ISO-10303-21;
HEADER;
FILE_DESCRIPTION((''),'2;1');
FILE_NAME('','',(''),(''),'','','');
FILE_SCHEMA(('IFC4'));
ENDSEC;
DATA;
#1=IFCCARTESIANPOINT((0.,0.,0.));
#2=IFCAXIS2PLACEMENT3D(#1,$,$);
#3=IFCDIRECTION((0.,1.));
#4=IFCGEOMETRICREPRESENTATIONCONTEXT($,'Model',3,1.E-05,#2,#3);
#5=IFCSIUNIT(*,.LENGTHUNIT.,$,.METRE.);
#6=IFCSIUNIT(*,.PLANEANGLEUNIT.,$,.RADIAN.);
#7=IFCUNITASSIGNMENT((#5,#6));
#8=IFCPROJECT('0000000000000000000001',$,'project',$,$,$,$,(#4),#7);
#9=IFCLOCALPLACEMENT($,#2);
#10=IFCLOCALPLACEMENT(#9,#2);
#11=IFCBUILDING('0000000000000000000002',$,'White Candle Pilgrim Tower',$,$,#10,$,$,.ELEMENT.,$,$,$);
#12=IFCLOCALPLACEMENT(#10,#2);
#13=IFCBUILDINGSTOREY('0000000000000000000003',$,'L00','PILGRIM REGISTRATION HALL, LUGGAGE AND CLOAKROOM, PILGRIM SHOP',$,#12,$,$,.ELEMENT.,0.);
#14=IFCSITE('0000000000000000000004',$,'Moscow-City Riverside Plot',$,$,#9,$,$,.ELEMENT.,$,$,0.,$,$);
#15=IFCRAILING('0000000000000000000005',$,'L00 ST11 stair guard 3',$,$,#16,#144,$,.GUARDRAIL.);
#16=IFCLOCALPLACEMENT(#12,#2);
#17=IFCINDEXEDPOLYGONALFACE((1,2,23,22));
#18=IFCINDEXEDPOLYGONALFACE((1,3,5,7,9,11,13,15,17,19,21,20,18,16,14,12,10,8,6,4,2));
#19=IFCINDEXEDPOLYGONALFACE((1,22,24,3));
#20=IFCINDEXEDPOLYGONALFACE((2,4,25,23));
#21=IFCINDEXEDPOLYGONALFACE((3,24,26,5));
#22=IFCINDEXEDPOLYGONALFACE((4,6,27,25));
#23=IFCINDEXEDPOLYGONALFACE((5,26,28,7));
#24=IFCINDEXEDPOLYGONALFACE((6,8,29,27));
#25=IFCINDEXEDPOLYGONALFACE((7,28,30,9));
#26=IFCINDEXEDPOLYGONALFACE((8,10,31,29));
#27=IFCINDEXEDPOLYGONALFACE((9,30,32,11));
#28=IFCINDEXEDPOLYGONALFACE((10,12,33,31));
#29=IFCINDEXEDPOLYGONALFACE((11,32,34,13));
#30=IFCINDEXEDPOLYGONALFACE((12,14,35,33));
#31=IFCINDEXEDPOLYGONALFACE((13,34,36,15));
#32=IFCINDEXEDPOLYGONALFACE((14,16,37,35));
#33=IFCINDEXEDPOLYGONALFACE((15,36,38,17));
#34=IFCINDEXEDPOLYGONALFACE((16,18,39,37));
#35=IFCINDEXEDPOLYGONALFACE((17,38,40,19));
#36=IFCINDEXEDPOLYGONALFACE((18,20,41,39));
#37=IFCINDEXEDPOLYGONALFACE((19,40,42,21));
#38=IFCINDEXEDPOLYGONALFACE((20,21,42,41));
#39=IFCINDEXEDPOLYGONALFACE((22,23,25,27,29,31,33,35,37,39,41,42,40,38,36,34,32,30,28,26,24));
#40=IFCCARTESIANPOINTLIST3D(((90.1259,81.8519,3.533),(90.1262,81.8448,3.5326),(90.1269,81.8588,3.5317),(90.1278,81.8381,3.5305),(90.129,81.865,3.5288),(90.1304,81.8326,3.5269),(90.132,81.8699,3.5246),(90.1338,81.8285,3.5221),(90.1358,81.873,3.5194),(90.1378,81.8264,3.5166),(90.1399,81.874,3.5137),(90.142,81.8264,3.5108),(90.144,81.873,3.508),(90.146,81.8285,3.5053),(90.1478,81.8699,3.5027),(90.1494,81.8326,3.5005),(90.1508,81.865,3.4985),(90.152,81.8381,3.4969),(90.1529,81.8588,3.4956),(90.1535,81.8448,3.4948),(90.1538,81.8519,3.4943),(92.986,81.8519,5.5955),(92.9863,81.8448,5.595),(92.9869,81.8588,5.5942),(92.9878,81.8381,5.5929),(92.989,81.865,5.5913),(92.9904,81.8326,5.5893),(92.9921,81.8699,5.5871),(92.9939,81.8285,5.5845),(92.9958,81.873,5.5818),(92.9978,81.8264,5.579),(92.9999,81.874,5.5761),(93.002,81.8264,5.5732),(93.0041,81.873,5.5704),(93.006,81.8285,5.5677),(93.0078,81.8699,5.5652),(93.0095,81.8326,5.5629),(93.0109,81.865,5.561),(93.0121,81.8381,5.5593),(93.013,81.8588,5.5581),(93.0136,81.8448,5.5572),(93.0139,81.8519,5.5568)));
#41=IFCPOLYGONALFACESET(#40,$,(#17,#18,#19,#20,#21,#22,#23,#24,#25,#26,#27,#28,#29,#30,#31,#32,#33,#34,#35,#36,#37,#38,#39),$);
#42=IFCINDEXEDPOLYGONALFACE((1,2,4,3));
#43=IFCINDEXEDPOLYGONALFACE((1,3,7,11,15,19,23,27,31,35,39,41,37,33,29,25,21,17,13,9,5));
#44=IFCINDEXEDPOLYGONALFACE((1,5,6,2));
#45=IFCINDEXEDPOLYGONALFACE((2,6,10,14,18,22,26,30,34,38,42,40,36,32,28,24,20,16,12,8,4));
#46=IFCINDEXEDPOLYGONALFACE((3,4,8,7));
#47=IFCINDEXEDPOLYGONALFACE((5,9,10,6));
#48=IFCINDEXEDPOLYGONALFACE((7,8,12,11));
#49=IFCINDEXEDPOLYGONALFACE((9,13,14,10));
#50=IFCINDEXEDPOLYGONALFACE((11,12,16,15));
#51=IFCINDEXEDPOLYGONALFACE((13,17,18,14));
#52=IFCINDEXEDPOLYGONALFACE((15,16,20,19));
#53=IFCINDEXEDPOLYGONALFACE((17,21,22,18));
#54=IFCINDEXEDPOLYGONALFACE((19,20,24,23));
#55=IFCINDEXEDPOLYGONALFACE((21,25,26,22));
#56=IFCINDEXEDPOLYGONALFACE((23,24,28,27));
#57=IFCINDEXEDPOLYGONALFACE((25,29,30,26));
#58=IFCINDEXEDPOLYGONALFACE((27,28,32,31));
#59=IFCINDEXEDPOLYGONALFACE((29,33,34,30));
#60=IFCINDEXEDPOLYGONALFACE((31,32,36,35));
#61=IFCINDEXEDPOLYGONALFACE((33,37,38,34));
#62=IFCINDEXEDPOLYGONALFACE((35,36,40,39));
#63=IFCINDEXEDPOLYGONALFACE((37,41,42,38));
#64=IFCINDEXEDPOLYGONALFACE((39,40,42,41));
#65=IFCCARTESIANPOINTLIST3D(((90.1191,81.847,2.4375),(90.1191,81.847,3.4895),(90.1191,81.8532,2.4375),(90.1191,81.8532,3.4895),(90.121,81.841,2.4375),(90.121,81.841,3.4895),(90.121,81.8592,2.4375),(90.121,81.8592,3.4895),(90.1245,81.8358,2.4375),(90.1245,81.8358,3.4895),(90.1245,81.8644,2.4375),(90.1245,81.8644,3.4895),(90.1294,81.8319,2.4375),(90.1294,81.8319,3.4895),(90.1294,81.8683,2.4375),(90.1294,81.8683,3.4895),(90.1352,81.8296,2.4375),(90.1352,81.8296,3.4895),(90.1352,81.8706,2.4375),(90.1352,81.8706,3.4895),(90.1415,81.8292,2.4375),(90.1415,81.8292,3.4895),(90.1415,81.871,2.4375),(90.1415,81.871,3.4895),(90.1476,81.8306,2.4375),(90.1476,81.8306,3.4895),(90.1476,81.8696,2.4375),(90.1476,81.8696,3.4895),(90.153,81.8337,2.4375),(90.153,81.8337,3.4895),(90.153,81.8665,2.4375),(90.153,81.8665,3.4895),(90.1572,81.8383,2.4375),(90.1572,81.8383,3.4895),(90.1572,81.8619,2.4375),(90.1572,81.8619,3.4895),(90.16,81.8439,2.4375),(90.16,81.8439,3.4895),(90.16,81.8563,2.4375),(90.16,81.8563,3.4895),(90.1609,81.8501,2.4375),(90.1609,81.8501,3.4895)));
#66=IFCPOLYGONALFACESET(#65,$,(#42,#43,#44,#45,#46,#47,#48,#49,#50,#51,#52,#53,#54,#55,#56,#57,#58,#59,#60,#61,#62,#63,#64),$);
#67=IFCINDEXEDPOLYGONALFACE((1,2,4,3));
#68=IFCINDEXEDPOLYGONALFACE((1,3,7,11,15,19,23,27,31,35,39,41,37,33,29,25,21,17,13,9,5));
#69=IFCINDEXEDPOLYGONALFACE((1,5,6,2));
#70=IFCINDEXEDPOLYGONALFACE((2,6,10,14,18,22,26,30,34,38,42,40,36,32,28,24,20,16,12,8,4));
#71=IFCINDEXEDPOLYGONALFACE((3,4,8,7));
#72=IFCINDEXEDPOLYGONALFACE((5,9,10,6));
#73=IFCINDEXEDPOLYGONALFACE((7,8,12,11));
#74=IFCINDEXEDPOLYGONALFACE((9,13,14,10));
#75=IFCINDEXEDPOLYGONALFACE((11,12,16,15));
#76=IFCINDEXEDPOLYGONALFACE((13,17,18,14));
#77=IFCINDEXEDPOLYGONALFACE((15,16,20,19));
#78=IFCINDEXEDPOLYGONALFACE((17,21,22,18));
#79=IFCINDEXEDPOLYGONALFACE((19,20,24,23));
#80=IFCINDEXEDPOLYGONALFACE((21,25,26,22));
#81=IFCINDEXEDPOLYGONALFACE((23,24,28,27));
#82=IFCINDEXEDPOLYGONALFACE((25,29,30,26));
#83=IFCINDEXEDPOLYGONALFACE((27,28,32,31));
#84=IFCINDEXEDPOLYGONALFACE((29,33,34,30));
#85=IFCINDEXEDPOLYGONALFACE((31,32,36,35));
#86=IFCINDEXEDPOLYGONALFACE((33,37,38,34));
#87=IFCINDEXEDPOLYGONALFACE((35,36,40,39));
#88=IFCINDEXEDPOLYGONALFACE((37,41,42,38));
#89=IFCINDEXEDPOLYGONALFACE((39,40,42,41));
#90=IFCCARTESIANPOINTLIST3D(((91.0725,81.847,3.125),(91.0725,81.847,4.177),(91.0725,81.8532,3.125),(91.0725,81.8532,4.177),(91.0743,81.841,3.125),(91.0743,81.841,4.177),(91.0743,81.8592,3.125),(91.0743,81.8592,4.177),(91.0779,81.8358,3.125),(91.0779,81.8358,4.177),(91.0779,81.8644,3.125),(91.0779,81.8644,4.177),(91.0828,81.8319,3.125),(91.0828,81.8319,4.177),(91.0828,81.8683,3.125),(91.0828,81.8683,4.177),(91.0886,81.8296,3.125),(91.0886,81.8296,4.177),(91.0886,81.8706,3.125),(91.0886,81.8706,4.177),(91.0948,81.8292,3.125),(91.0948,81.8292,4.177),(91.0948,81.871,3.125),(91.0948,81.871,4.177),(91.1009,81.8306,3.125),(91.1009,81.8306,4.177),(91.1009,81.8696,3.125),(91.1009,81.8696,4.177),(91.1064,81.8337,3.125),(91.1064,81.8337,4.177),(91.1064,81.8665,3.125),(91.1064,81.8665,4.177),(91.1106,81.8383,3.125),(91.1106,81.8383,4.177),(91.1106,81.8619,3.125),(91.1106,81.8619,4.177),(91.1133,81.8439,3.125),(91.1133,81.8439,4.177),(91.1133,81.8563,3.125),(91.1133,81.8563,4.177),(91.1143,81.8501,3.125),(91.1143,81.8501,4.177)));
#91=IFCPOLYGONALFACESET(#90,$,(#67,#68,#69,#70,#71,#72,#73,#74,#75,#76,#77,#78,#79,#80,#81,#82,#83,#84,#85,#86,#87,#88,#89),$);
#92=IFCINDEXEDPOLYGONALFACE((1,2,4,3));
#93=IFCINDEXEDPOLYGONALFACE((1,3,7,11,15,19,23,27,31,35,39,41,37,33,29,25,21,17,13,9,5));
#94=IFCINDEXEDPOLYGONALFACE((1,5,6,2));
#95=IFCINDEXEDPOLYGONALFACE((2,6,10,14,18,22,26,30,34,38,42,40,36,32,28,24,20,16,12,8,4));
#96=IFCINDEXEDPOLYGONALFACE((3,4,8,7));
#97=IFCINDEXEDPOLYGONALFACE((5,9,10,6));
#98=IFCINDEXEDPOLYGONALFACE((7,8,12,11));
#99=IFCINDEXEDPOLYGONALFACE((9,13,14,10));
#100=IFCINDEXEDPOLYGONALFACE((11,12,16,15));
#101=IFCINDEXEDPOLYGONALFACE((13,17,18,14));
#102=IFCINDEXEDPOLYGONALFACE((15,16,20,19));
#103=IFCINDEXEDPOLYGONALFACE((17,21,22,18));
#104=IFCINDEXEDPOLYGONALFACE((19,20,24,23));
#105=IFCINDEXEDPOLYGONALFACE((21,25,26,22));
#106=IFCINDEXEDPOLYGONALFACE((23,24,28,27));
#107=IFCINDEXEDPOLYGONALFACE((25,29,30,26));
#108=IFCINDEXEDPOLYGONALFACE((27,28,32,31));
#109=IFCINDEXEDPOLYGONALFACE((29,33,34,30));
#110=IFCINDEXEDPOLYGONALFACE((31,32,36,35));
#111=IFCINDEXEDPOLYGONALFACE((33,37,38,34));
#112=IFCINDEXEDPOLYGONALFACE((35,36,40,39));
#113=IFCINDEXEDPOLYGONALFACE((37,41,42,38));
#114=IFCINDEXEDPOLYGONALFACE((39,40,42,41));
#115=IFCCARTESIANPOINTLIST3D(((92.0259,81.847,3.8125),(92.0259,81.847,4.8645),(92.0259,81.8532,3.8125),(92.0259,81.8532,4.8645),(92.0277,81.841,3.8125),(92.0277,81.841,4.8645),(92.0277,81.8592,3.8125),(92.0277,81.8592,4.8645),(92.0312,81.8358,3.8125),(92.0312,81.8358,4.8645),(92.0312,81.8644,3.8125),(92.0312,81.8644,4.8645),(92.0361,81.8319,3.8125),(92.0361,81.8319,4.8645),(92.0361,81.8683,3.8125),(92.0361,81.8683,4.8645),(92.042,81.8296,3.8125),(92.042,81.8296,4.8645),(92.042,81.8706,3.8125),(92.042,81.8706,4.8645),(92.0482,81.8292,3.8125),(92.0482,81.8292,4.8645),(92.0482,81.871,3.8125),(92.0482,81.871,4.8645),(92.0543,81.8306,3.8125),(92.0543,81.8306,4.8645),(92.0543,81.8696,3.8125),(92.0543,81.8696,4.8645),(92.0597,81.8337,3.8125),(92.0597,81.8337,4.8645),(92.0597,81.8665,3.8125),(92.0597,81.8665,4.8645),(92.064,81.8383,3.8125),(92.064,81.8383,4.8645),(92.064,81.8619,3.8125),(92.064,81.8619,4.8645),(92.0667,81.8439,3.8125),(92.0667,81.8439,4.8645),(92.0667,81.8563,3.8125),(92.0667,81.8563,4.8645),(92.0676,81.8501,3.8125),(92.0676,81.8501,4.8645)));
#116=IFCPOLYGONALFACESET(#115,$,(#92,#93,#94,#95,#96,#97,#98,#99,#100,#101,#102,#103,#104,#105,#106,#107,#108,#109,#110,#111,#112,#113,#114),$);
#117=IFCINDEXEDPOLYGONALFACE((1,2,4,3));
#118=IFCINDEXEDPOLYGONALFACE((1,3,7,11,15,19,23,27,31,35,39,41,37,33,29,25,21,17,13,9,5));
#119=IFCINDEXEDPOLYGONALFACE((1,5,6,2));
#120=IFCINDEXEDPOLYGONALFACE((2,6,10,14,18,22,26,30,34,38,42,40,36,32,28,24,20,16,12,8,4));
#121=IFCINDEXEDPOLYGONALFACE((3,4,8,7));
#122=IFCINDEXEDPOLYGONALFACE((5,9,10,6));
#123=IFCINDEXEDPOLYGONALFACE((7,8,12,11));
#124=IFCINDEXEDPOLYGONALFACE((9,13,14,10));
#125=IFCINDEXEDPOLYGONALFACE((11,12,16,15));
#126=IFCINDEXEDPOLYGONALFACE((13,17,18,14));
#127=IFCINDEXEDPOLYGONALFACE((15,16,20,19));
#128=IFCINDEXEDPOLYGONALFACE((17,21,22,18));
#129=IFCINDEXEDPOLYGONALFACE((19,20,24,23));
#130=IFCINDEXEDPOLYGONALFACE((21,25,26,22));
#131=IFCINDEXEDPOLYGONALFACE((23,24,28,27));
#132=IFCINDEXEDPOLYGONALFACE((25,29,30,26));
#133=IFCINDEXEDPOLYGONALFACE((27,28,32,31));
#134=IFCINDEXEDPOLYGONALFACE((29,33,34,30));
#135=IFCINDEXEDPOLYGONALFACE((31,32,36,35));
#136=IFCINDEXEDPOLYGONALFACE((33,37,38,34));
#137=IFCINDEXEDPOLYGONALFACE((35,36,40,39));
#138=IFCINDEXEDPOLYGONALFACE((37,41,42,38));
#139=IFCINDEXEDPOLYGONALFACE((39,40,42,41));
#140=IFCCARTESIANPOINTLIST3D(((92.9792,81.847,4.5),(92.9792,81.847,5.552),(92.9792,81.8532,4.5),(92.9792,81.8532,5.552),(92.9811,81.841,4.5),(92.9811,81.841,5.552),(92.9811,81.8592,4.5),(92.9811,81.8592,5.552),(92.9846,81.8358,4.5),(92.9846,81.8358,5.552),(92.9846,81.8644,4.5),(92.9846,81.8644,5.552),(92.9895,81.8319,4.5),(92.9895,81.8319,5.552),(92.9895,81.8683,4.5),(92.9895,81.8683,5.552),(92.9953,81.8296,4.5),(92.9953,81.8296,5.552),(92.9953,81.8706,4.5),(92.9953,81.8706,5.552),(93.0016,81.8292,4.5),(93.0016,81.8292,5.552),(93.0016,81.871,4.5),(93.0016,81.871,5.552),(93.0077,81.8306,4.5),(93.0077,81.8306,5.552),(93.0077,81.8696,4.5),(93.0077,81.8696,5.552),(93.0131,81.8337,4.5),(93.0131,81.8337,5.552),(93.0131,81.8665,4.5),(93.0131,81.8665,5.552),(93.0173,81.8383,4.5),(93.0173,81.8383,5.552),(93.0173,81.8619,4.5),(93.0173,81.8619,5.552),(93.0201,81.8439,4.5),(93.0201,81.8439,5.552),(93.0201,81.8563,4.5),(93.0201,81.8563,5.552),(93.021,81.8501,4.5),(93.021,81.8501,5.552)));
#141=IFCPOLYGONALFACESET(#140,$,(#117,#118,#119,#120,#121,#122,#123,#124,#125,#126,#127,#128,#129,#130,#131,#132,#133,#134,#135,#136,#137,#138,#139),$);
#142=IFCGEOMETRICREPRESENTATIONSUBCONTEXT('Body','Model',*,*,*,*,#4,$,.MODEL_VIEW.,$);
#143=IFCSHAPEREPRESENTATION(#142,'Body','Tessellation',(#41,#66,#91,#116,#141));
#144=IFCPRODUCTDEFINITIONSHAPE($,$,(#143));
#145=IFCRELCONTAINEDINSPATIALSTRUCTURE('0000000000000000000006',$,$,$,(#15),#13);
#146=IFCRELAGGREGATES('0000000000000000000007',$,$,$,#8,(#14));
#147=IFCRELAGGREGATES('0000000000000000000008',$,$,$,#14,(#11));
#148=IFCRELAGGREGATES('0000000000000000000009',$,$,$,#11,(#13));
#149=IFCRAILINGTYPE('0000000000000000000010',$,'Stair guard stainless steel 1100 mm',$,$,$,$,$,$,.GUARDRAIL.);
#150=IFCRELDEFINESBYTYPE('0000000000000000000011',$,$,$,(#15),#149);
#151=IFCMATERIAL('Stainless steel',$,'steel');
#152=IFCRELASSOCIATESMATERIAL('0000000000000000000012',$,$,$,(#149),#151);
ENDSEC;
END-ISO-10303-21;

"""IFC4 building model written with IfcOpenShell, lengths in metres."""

from ifc_helpers import new_model, si_unit, direction, frame, origin, origin_2d, place, context, subcontext, project, spatial, circle, extrude, material, type_object, element, save


model = new_model("IFC4")

# Units and contexts
model_context = context("Model", 3, precision=1e-05, world=origin(), true_north=direction((0.0, 1.0)))
body_context = subcontext(model_context, "Body", "Model", "MODEL_VIEW")
ifc_project = project(units=[si_unit("LENGTHUNIT", "METRE"), si_unit("PLANEANGLEUNIT", "RADIAN")], contexts=[model_context])

# Site, building, storey
site_placement = place(None, origin())
site = spatial("IfcSite", under=ifc_project, at=site_placement, Name="Moscow-City Riverside Plot", CompositionType="ELEMENT", RefElevation=0.0)
building_placement = place(site_placement, origin())
building = spatial("IfcBuilding", under=site, at=building_placement, Name="White Candle Pilgrim Tower", CompositionType="ELEMENT")
storey_placement = place(building_placement, origin())
storey = spatial("IfcBuildingStorey", under=building, at=storey_placement, Name="L00", Description="PILGRIM REGISTRATION HALL, LUGGAGE AND CLOAKROOM, PILGRIM SHOP", CompositionType="ELEMENT", Elevation=0.0)

# Railing
ifc_material_1 = material(Name="Stainless steel", Category="steel")
railing_type_1 = type_object("IfcRailingType", Name="Stair guard stainless steel 1100 mm", PredefinedType="GUARDRAIL", material=ifc_material_1)
railing_1_placement = place(storey_placement, frame((90.1399, 81.8501, 2.4375)))
element("IfcRailing", 1, at=railing_1_placement, inside=storey, type_object=railing_type_1, Name="L00 ST11 stair guard 3", PredefinedType="GUARDRAIL", context=body_context, shape_type="SweptSolid", body=[
    extrude(circle(Radius=0.0239, at=origin_2d()), frame((0.0, 0.0, 1.0762), z_axis=(0.811101, 0.0, 0.584906), x_axis=(0.0, 1.0, 0.0)), (0.0, 0.0, 1.0), 3.5261),
    extrude(circle(Radius=0.021, at=origin_2d()), origin(), (0.0, 0.0, 1.0), 1.052),
    extrude(circle(Radius=0.021, at=origin_2d()), frame((0.9534, 0.0, 0.6875)), (0.0, 0.0, 1.0), 1.052),
    extrude(circle(Radius=0.021, at=origin_2d()), frame((1.9067, 0.0, 1.375)), (0.0, 0.0, 1.0), 1.052),
    extrude(circle(Radius=0.021, at=origin_2d()), frame((2.8601, 0.0, 2.0625)), (0.0, 0.0, 1.0), 1.052),
])

save(model, "model.ifc")
